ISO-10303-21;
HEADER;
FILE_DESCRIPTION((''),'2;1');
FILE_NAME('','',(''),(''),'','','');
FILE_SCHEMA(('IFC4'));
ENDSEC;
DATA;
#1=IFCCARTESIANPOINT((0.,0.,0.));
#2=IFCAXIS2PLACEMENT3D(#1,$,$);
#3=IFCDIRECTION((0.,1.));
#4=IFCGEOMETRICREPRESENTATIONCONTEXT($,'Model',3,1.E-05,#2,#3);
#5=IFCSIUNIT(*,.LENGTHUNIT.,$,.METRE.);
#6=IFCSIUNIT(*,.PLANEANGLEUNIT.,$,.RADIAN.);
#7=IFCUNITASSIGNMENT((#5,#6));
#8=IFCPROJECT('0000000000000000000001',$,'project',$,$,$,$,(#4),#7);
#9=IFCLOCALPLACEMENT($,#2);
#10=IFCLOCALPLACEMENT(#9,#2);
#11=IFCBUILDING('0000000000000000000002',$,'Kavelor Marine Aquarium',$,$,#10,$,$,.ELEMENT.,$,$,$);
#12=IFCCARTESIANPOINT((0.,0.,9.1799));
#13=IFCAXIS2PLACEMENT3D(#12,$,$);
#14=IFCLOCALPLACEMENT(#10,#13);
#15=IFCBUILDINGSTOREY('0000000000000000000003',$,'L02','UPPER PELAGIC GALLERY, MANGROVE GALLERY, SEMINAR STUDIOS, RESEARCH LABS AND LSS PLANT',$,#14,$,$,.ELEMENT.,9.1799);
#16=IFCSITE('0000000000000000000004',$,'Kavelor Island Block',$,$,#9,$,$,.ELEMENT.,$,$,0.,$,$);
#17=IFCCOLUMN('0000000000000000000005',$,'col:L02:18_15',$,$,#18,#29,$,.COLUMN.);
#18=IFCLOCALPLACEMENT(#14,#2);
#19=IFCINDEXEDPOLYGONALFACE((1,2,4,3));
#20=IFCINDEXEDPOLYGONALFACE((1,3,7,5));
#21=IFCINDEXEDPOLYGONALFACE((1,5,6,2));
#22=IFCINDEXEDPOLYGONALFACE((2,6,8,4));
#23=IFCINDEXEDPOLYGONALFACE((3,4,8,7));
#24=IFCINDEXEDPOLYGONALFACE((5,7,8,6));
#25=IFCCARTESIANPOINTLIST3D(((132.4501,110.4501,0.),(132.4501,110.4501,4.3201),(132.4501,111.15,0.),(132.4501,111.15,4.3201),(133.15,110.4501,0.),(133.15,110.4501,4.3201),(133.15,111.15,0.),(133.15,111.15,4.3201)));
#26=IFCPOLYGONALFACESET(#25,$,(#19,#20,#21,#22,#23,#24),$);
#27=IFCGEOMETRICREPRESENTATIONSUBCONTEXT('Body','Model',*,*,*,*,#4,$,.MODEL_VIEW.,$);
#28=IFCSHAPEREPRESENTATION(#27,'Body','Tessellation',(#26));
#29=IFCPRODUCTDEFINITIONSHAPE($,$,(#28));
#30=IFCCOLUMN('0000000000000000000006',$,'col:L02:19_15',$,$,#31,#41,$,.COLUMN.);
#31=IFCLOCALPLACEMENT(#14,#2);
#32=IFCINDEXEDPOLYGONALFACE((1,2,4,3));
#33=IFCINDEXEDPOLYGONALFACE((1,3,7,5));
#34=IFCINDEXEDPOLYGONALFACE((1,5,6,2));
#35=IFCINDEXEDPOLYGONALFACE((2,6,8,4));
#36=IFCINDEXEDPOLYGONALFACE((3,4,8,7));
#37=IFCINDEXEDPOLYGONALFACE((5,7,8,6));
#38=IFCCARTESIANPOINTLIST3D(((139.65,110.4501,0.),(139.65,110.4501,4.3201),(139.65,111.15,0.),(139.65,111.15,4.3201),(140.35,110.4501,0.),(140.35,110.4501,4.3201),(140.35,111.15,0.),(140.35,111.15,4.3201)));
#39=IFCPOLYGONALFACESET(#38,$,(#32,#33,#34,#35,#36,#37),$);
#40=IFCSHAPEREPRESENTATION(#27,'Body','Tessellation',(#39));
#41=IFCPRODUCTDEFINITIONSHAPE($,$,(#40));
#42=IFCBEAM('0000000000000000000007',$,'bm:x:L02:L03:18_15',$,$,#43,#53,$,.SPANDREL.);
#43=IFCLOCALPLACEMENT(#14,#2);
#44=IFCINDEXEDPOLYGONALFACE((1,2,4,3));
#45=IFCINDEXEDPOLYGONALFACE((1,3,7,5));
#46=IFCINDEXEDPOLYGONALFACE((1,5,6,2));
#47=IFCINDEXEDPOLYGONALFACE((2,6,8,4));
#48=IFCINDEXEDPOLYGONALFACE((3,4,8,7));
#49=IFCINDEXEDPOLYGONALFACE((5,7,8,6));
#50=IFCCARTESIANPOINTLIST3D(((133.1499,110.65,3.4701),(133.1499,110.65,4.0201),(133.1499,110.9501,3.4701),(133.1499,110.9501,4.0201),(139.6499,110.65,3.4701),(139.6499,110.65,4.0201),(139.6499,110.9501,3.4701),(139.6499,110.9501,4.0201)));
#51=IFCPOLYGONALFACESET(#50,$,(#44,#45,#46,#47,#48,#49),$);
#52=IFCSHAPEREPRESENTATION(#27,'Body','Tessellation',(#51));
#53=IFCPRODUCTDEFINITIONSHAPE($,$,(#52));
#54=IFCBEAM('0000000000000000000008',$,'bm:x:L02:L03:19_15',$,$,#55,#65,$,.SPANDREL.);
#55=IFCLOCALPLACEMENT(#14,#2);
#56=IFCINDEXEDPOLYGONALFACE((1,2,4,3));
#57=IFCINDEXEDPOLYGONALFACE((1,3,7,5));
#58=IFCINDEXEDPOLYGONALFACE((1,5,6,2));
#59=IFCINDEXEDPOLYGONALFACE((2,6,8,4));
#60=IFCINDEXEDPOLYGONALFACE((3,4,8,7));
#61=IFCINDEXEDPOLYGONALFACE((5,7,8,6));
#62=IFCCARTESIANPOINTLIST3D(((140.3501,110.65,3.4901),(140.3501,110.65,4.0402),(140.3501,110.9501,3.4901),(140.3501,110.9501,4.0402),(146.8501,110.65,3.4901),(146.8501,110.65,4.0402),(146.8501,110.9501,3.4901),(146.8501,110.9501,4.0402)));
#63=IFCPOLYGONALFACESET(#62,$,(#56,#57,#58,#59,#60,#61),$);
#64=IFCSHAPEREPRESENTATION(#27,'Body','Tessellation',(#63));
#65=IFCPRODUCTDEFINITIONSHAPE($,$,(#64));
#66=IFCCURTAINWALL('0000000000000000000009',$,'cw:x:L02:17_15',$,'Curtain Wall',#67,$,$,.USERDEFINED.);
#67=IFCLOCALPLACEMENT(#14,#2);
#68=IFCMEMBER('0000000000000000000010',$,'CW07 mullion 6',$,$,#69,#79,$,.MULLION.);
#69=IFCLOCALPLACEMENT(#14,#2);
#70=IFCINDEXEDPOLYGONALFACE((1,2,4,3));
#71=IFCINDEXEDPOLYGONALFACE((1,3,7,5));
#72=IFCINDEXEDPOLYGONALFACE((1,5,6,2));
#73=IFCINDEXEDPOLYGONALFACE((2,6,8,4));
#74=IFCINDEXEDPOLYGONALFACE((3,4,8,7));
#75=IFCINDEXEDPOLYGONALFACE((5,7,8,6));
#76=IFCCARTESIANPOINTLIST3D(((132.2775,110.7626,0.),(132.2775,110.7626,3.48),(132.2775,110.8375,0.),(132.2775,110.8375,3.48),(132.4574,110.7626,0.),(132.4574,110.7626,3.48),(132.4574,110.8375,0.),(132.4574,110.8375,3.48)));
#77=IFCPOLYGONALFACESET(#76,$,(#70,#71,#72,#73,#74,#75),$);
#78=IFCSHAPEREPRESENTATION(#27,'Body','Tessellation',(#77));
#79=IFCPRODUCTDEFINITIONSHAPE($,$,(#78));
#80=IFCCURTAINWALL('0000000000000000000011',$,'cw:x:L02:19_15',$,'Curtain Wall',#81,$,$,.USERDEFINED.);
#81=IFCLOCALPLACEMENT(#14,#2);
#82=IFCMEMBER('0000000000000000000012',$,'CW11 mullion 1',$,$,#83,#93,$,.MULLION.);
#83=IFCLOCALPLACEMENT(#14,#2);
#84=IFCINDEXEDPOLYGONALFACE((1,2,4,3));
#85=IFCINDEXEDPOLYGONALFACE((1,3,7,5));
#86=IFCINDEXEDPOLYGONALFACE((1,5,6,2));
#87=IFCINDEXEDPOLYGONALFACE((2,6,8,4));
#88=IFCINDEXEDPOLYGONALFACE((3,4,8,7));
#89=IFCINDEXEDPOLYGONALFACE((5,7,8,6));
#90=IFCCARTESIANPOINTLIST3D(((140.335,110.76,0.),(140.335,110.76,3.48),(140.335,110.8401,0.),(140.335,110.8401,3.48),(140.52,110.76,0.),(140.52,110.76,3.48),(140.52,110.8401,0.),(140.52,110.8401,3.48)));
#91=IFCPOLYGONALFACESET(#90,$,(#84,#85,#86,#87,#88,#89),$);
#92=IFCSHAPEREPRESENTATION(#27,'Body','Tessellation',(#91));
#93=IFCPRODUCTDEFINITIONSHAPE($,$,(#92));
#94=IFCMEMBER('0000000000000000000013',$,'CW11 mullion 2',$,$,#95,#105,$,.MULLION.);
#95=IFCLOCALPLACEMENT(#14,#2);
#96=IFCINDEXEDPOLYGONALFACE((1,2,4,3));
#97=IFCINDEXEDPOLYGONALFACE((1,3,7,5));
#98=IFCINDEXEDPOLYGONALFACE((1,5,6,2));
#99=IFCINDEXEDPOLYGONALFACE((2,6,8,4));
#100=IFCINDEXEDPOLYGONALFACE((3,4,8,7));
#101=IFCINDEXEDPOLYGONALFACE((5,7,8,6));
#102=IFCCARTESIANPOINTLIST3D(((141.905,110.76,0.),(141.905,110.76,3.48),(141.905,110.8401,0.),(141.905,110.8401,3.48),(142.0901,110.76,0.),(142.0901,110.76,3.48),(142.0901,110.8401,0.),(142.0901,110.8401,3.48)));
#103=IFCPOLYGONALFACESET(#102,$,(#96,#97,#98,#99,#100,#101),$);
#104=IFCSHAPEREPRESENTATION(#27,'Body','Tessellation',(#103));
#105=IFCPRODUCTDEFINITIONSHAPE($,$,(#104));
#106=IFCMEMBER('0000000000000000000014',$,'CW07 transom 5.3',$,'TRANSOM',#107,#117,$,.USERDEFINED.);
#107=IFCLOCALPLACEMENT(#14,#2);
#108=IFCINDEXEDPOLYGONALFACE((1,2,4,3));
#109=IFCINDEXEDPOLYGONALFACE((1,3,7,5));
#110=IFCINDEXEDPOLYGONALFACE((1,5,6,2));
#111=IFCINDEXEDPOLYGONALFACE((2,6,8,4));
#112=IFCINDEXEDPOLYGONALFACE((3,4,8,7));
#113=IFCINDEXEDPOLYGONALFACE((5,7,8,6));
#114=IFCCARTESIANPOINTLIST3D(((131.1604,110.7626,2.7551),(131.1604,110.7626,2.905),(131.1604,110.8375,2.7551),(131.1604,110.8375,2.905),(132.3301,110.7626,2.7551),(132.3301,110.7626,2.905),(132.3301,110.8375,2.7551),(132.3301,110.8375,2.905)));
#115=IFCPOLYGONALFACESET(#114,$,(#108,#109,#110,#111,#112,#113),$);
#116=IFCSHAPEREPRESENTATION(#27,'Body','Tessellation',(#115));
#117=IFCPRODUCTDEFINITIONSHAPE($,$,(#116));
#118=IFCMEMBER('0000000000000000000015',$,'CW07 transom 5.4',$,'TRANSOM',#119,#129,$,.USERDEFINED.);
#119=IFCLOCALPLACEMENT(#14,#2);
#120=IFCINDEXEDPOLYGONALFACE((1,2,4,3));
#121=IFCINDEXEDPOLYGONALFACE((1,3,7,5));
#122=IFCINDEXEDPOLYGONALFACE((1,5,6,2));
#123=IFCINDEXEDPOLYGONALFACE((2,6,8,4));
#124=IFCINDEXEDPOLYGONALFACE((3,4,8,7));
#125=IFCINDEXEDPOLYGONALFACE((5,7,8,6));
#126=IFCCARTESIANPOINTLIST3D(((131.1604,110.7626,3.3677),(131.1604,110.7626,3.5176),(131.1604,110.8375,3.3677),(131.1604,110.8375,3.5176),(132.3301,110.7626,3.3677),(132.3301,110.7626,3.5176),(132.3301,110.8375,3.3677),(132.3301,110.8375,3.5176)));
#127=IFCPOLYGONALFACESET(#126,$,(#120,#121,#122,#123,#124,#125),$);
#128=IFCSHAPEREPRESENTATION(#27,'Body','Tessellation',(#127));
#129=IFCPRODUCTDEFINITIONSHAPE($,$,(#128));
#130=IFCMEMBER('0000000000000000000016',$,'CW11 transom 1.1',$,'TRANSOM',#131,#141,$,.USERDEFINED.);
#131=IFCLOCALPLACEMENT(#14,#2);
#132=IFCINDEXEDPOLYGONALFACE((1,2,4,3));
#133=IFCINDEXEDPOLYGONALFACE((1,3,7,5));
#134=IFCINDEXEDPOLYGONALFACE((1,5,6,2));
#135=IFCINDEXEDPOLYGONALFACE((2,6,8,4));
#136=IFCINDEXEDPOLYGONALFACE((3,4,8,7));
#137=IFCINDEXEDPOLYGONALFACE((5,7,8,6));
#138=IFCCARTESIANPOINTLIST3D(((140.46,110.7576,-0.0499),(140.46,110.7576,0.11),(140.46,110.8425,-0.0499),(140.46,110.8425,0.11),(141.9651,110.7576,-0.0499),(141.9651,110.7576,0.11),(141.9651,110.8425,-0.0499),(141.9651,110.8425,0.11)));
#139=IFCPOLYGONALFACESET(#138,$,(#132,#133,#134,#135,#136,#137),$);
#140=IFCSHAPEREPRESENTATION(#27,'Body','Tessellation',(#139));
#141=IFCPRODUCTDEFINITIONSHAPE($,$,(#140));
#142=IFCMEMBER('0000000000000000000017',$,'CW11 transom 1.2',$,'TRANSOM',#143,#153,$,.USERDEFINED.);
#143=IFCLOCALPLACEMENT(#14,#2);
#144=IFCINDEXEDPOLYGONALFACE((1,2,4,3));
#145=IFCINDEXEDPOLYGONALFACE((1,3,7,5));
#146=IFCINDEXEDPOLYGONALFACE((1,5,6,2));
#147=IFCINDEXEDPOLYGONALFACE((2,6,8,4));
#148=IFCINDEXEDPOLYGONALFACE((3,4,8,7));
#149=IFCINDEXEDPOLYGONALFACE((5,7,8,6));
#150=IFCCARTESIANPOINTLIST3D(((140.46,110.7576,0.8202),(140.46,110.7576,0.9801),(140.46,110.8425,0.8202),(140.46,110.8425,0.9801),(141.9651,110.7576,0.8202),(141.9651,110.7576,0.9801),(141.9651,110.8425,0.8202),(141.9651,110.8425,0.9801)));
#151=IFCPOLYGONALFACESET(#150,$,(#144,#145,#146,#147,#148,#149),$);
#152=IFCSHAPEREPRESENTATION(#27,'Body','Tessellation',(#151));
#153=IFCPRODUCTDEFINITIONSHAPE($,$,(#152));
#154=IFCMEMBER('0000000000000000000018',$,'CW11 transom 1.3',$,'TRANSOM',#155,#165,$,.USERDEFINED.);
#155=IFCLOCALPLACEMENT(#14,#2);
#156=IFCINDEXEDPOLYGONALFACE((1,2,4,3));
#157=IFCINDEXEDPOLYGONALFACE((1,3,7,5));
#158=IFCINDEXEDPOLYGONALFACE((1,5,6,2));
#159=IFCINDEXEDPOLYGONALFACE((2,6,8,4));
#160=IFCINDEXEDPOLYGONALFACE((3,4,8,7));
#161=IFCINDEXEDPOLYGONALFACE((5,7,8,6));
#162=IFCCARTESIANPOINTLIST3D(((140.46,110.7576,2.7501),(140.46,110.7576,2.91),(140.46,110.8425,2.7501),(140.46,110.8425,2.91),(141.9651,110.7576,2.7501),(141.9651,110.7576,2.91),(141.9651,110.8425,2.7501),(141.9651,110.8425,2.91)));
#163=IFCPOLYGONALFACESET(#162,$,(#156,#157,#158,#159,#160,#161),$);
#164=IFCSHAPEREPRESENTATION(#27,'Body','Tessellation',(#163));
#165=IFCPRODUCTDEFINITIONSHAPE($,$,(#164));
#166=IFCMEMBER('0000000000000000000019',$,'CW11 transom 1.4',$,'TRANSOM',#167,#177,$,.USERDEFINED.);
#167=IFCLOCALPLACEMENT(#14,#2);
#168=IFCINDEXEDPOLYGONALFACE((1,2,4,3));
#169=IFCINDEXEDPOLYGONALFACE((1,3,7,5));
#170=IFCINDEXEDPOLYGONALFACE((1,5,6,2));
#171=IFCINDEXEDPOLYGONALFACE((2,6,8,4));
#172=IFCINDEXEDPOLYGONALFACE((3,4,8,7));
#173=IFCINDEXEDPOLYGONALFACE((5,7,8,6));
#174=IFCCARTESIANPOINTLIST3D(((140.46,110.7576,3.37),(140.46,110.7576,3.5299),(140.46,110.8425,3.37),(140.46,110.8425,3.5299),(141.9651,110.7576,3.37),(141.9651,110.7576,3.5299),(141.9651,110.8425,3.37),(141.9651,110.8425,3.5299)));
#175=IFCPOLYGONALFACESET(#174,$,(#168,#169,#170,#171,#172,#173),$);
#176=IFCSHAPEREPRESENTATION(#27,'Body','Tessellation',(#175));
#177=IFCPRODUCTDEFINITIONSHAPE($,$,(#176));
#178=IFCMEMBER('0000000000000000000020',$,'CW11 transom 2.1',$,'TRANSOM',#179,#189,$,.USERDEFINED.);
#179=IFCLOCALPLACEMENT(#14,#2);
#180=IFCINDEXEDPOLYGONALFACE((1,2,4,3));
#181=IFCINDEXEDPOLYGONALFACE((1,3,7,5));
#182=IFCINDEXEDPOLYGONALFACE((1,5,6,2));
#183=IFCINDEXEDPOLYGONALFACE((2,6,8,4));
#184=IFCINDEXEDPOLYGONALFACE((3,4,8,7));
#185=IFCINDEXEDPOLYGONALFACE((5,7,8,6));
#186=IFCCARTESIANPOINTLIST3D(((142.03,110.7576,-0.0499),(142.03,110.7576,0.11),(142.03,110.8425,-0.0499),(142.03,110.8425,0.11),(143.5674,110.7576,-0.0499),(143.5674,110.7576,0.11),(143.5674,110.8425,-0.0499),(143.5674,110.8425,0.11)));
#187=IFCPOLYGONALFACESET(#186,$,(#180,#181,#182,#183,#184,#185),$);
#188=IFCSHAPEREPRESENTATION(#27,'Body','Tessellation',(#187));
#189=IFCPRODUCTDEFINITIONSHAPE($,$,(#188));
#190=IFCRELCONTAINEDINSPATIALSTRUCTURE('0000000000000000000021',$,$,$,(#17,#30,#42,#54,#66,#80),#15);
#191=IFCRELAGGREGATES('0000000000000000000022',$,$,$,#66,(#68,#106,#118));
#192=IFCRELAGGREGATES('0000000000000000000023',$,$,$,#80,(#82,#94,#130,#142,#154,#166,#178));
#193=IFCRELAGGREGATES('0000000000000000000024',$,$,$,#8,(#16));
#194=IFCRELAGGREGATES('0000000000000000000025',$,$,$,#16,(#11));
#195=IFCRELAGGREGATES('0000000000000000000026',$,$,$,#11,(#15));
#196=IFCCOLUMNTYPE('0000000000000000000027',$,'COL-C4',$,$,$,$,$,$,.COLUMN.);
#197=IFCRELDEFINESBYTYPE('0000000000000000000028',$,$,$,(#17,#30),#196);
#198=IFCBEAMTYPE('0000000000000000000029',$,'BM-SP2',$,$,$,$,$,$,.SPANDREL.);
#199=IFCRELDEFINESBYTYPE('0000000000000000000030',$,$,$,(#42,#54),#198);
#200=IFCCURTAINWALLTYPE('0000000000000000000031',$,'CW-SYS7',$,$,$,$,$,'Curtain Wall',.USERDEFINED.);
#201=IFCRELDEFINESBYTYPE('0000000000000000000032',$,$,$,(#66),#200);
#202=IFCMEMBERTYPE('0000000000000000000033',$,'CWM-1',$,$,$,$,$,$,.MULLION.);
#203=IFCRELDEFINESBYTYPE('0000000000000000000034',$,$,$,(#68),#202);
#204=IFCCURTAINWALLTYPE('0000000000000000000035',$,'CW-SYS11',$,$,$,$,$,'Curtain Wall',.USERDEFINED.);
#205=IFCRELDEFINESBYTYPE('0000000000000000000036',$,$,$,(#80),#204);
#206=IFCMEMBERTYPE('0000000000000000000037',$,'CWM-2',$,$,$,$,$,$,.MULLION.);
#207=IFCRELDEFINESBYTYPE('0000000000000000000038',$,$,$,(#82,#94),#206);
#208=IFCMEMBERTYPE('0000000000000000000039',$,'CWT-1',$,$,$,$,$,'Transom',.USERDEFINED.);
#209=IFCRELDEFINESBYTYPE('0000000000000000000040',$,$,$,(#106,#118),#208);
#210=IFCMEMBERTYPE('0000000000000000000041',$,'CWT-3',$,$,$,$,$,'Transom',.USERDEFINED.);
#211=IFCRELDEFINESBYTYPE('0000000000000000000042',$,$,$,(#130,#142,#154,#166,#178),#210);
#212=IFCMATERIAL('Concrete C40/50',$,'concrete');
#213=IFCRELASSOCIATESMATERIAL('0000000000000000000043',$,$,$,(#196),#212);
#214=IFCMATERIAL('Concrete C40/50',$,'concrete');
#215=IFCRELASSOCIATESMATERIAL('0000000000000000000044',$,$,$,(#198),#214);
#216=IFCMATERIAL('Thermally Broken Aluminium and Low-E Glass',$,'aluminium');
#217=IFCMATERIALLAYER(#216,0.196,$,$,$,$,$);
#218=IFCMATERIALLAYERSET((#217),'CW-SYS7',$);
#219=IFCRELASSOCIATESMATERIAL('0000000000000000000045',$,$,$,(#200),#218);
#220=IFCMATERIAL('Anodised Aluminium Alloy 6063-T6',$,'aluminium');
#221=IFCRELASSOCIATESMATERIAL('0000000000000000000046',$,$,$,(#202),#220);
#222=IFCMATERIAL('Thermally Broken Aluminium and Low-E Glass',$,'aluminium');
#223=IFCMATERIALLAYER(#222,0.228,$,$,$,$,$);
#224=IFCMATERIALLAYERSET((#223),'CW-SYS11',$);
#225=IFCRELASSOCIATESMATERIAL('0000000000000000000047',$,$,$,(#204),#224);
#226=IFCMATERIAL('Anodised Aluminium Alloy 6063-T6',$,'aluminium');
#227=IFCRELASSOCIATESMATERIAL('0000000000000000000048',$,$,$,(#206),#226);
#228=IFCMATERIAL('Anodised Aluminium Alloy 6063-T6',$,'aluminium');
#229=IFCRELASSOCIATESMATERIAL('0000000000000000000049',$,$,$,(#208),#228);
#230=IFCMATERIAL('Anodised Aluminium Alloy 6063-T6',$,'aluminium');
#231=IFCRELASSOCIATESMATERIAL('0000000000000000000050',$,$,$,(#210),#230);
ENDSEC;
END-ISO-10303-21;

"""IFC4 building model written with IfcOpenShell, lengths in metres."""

from ifc_helpers import new_model, si_unit, direction, frame, origin, origin_2d, place, context, subcontext, project, spatial, rectangle, extrude, material, layer, layer_set, material_profile, profile_set, type_object, element, aggregate, save


model = new_model("IFC4")

# Units and contexts
model_context = context("Model", 3, precision=1e-05, world=origin(), true_north=direction((0.0, 1.0)))
body_context = subcontext(model_context, "Body", "Model", "MODEL_VIEW")
ifc_project = project(units=[si_unit("LENGTHUNIT", "METRE"), si_unit("PLANEANGLEUNIT", "RADIAN")], contexts=[model_context])

# Site, building, storey
site_placement = place(None, origin())
site = spatial("IfcSite", under=ifc_project, at=site_placement, Name="Kavelor Island Block", CompositionType="ELEMENT", RefElevation=0.0)
building_placement = place(site_placement, origin())
building = spatial("IfcBuilding", under=site, at=building_placement, Name="Kavelor Marine Aquarium", CompositionType="ELEMENT")
storey_placement = place(building_placement, frame((0.0, 0.0, 9.1799)))
storey = spatial("IfcBuildingStorey", under=building, at=storey_placement, Name="L02", Description="UPPER PELAGIC GALLERY, MANGROVE GALLERY, SEMINAR STUDIOS, RESEARCH LABS AND LSS PLANT", CompositionType="ELEMENT", Elevation=9.1799)

# Columns
ifc_material_1 = material(Name="Concrete C40/50", Category="concrete")
ifc_material_profile_1 = material_profile(ifc_material_1, rectangle(XDim=0.7, YDim=0.7, at=origin_2d()), Name="RC-COL 700x700")
ifc_profile_set_1 = profile_set([ifc_material_profile_1], Name="Concrete C40/50")
column_type = type_object("IfcColumnType", Name="COL-C4", PredefinedType="COLUMN", material=ifc_profile_set_1)
for number, where, z_axis, x_axis, name in (
    (1, (132.8, 110.8, 0.0), (0.0, 0.0, 1.0), (1.0, 0.0, 0.0), "col:L02:18_15"),
    (2, (140.0, 110.8, 0.0), (0.0, 0.0, 1.0), (1.0, 0.0, 0.0), "col:L02:19_15"),
):
    element("IfcColumn", number, at=place(storey_placement, frame(where, z_axis=z_axis, x_axis=x_axis)), inside=storey, type_object=column_type, Name=name, PredefinedType="COLUMN", context=body_context, shape_type="SweptSolid", body=[
        extrude(rectangle(XDim=0.7, YDim=0.7, at=origin_2d()), origin(), (0.0, 0.0, 1.0), 4.3201),
    ])

# Beams
ifc_material_2 = material(Name="Concrete C40/50", Category="concrete")
ifc_material_profile_2 = material_profile(ifc_material_2, rectangle(XDim=0.3, YDim=0.55, at=origin_2d()), Name="RC-SP 300x550")
ifc_profile_set_2 = profile_set([ifc_material_profile_2], Name="Concrete C40/50")
beam_type = type_object("IfcBeamType", Name="BM-SP2", PredefinedType="SPANDREL", material=ifc_profile_set_2)
for number, where, z_axis, x_axis, name in (
    (3, (133.1499, 110.8, 3.7451), (1.0, 0.0, 0.0), (0.0, 1.0, 0.0), "bm:x:L02:L03:18_15"),
    (4, (140.3501, 110.8, 3.7651), (1.0, 0.0, 0.0), (0.0, 1.0, 0.0), "bm:x:L02:L03:19_15"),
):
    element("IfcBeam", number, at=place(storey_placement, frame(where, z_axis=z_axis, x_axis=x_axis)), inside=storey, type_object=beam_type, Name=name, PredefinedType="SPANDREL", context=body_context, shape_type="SweptSolid", body=[
        extrude(rectangle(XDim=0.3, YDim=0.55, at=origin_2d()), origin(), (0.0, 0.0, 1.0), 6.5),
    ])

# Curtain wall, member
ifc_material_3 = material(Name="Thermally Broken Aluminium and Low-E Glass", Category="aluminium")
ifc_layer_1 = layer(ifc_material_3, 0.196)
ifc_layer_set_1 = layer_set([ifc_layer_1], Name="CW-SYS7")
curtain_wall_type_1 = type_object("IfcCurtainWallType", Name="CW-SYS7", ElementType="Curtain Wall", PredefinedType="USERDEFINED", material=ifc_layer_set_1)
curtain_wall_1_placement = place(storey_placement, origin())
curtain_wall_1 = element("IfcCurtainWall", 5, at=curtain_wall_1_placement, inside=storey, type_object=curtain_wall_type_1, Name="cw:x:L02:17_15", ObjectType="Curtain Wall", PredefinedType="USERDEFINED")
ifc_material_4 = material(Name="Anodised Aluminium Alloy 6063-T6", Category="aluminium")
ifc_material_profile_3 = material_profile(ifc_material_4, rectangle(XDim=0.075, YDim=0.1799, at=origin_2d()), Name="CW-MUL 75x180")
ifc_profile_set_3 = profile_set([ifc_material_profile_3], Name="Anodised Aluminium Alloy 6063-T6")
member_type_1 = type_object("IfcMemberType", Name="CWM-1", PredefinedType="MULLION", material=ifc_profile_set_3)
member_1_placement = place(storey_placement, frame((132.3674, 110.8, 0.0), z_axis=(0.0, 0.0, 1.0), x_axis=(0.0, 1.0, 0.0)))
member_1 = element("IfcMember", 6, at=member_1_placement, type_object=member_type_1, Name="CW07 mullion 6", PredefinedType="MULLION", context=body_context, shape_type="SweptSolid", body=[
    extrude(rectangle(XDim=0.075, YDim=0.1799, at=origin_2d()), origin(), (0.0, 0.0, 1.0), 3.48),
])

# Curtain wall, members
ifc_material_5 = material(Name="Thermally Broken Aluminium and Low-E Glass", Category="aluminium")
ifc_layer_2 = layer(ifc_material_5, 0.228)
ifc_layer_set_2 = layer_set([ifc_layer_2], Name="CW-SYS11")
curtain_wall_type_2 = type_object("IfcCurtainWallType", Name="CW-SYS11", ElementType="Curtain Wall", PredefinedType="USERDEFINED", material=ifc_layer_set_2)
curtain_wall_2_placement = place(storey_placement, origin())
curtain_wall_2 = element("IfcCurtainWall", 7, at=curtain_wall_2_placement, inside=storey, type_object=curtain_wall_type_2, Name="cw:x:L02:19_15", ObjectType="Curtain Wall", PredefinedType="USERDEFINED")
ifc_material_6 = material(Name="Anodised Aluminium Alloy 6063-T6", Category="aluminium")
ifc_material_profile_4 = material_profile(ifc_material_6, rectangle(XDim=0.0801, YDim=0.1851, at=origin_2d()), Name="CW-MUL 80x185")
ifc_profile_set_4 = profile_set([ifc_material_profile_4], Name="Anodised Aluminium Alloy 6063-T6")
member_type_2 = type_object("IfcMemberType", Name="CWM-2", PredefinedType="MULLION", material=ifc_profile_set_4)
member_2_placement = place(storey_placement, frame((140.4275, 110.8, 0.0), z_axis=(0.0, 0.0, 1.0), x_axis=(0.0, 1.0, 0.0)))
member_2 = element("IfcMember", 8, at=member_2_placement, type_object=member_type_2, Name="CW11 mullion 1", PredefinedType="MULLION", context=body_context, shape_type="SweptSolid", body=[
    extrude(rectangle(XDim=0.0801, YDim=0.1851, at=origin_2d()), origin(), (0.0, 0.0, 1.0), 3.48),
])
member_3_placement = place(storey_placement, frame((141.9976, 110.8, 0.0), z_axis=(0.0, 0.0, 1.0), x_axis=(0.0, 1.0, 0.0)))
member_3 = element("IfcMember", 9, at=member_3_placement, type_object=member_type_2, Name="CW11 mullion 2", PredefinedType="MULLION", context=body_context, shape_type="SweptSolid", body=[
    extrude(rectangle(XDim=0.0801, YDim=0.1851, at=origin_2d()), origin(), (0.0, 0.0, 1.0), 3.48),
])

# Members
ifc_material_7 = material(Name="Anodised Aluminium Alloy 6063-T6", Category="aluminium")
ifc_material_profile_5 = material_profile(ifc_material_7, rectangle(XDim=0.075, YDim=0.1499, at=origin_2d()), Name="CW-TRN 75x150")
ifc_profile_set_5 = profile_set([ifc_material_profile_5], Name="Anodised Aluminium Alloy 6063-T6")
member_type_3 = type_object("IfcMemberType", Name="CWT-1", ElementType="Transom", PredefinedType="USERDEFINED", material=ifc_profile_set_5)
member_4_placement = place(storey_placement, frame((131.1604, 110.8, 2.8301), z_axis=(1.0, 0.0, 0.0), x_axis=(0.0, 1.0, 0.0)))
member_4 = element("IfcMember", 10, at=member_4_placement, type_object=member_type_3, Name="CW07 transom 5.3", ObjectType="TRANSOM", PredefinedType="USERDEFINED", context=body_context, shape_type="SweptSolid", body=[
    extrude(rectangle(XDim=0.075, YDim=0.1499, at=origin_2d()), origin(), (0.0, 0.0, 1.0), 1.1697),
])
member_5_placement = place(storey_placement, frame((131.1604, 110.8, 3.4426), z_axis=(1.0, 0.0, 0.0), x_axis=(0.0, 1.0, 0.0)))
member_5 = element("IfcMember", 11, at=member_5_placement, type_object=member_type_3, Name="CW07 transom 5.4", ObjectType="TRANSOM", PredefinedType="USERDEFINED", context=body_context, shape_type="SweptSolid", body=[
    extrude(rectangle(XDim=0.075, YDim=0.1499, at=origin_2d()), origin(), (0.0, 0.0, 1.0), 1.1697),
])
ifc_material_8 = material(Name="Anodised Aluminium Alloy 6063-T6", Category="aluminium")
ifc_material_profile_6 = material_profile(ifc_material_8, rectangle(XDim=0.085, YDim=0.1599, at=origin_2d()), Name="CW-TRN 85x160")
ifc_profile_set_6 = profile_set([ifc_material_profile_6], Name="Anodised Aluminium Alloy 6063-T6")
member_type_4 = type_object("IfcMemberType", Name="CWT-3", ElementType="Transom", PredefinedType="USERDEFINED", material=ifc_profile_set_6)
member_6_placement = place(storey_placement, frame((140.46, 110.8, 0.03), z_axis=(1.0, 0.0, 0.0), x_axis=(0.0, 1.0, 0.0)))
member_6 = element("IfcMember", 12, at=member_6_placement, type_object=member_type_4, Name="CW11 transom 1.1", ObjectType="TRANSOM", PredefinedType="USERDEFINED", context=body_context, shape_type="SweptSolid", body=[
    extrude(rectangle(XDim=0.085, YDim=0.1599, at=origin_2d()), origin(), (0.0, 0.0, 1.0), 1.5051),
])
member_7_placement = place(storey_placement, frame((140.46, 110.8, 0.9001), z_axis=(1.0, 0.0, 0.0), x_axis=(0.0, 1.0, 0.0)))
member_7 = element("IfcMember", 13, at=member_7_placement, type_object=member_type_4, Name="CW11 transom 1.2", ObjectType="TRANSOM", PredefinedType="USERDEFINED", context=body_context, shape_type="SweptSolid", body=[
    extrude(rectangle(XDim=0.085, YDim=0.1599, at=origin_2d()), origin(), (0.0, 0.0, 1.0), 1.5051),
])
member_8_placement = place(storey_placement, frame((140.46, 110.8, 2.8301), z_axis=(1.0, 0.0, 0.0), x_axis=(0.0, 1.0, 0.0)))
member_8 = element("IfcMember", 14, at=member_8_placement, type_object=member_type_4, Name="CW11 transom 1.3", ObjectType="TRANSOM", PredefinedType="USERDEFINED", context=body_context, shape_type="SweptSolid", body=[
    extrude(rectangle(XDim=0.085, YDim=0.1599, at=origin_2d()), origin(), (0.0, 0.0, 1.0), 1.5051),
])
member_9_placement = place(storey_placement, frame((140.46, 110.8, 3.45), z_axis=(1.0, 0.0, 0.0), x_axis=(0.0, 1.0, 0.0)))
member_9 = element("IfcMember", 15, at=member_9_placement, type_object=member_type_4, Name="CW11 transom 1.4", ObjectType="TRANSOM", PredefinedType="USERDEFINED", context=body_context, shape_type="SweptSolid", body=[
    extrude(rectangle(XDim=0.085, YDim=0.1599, at=origin_2d()), origin(), (0.0, 0.0, 1.0), 1.5051),
])
member_10_placement = place(storey_placement, frame((142.03, 110.8, 0.03), z_axis=(1.0, 0.0, 0.0), x_axis=(0.0, 1.0, 0.0)))
member_10 = element("IfcMember", 16, at=member_10_placement, type_object=member_type_4, Name="CW11 transom 2.1", ObjectType="TRANSOM", PredefinedType="USERDEFINED", context=body_context, shape_type="SweptSolid", body=[
    extrude(rectangle(XDim=0.085, YDim=0.1599, at=origin_2d()), origin(), (0.0, 0.0, 1.0), 1.5374),
])

aggregate(curtain_wall_1, [member_1, member_4, member_5])
aggregate(curtain_wall_2, [member_2, member_3, member_6, member_7, member_8, member_9, member_10])

save(model, "model.ifc")
